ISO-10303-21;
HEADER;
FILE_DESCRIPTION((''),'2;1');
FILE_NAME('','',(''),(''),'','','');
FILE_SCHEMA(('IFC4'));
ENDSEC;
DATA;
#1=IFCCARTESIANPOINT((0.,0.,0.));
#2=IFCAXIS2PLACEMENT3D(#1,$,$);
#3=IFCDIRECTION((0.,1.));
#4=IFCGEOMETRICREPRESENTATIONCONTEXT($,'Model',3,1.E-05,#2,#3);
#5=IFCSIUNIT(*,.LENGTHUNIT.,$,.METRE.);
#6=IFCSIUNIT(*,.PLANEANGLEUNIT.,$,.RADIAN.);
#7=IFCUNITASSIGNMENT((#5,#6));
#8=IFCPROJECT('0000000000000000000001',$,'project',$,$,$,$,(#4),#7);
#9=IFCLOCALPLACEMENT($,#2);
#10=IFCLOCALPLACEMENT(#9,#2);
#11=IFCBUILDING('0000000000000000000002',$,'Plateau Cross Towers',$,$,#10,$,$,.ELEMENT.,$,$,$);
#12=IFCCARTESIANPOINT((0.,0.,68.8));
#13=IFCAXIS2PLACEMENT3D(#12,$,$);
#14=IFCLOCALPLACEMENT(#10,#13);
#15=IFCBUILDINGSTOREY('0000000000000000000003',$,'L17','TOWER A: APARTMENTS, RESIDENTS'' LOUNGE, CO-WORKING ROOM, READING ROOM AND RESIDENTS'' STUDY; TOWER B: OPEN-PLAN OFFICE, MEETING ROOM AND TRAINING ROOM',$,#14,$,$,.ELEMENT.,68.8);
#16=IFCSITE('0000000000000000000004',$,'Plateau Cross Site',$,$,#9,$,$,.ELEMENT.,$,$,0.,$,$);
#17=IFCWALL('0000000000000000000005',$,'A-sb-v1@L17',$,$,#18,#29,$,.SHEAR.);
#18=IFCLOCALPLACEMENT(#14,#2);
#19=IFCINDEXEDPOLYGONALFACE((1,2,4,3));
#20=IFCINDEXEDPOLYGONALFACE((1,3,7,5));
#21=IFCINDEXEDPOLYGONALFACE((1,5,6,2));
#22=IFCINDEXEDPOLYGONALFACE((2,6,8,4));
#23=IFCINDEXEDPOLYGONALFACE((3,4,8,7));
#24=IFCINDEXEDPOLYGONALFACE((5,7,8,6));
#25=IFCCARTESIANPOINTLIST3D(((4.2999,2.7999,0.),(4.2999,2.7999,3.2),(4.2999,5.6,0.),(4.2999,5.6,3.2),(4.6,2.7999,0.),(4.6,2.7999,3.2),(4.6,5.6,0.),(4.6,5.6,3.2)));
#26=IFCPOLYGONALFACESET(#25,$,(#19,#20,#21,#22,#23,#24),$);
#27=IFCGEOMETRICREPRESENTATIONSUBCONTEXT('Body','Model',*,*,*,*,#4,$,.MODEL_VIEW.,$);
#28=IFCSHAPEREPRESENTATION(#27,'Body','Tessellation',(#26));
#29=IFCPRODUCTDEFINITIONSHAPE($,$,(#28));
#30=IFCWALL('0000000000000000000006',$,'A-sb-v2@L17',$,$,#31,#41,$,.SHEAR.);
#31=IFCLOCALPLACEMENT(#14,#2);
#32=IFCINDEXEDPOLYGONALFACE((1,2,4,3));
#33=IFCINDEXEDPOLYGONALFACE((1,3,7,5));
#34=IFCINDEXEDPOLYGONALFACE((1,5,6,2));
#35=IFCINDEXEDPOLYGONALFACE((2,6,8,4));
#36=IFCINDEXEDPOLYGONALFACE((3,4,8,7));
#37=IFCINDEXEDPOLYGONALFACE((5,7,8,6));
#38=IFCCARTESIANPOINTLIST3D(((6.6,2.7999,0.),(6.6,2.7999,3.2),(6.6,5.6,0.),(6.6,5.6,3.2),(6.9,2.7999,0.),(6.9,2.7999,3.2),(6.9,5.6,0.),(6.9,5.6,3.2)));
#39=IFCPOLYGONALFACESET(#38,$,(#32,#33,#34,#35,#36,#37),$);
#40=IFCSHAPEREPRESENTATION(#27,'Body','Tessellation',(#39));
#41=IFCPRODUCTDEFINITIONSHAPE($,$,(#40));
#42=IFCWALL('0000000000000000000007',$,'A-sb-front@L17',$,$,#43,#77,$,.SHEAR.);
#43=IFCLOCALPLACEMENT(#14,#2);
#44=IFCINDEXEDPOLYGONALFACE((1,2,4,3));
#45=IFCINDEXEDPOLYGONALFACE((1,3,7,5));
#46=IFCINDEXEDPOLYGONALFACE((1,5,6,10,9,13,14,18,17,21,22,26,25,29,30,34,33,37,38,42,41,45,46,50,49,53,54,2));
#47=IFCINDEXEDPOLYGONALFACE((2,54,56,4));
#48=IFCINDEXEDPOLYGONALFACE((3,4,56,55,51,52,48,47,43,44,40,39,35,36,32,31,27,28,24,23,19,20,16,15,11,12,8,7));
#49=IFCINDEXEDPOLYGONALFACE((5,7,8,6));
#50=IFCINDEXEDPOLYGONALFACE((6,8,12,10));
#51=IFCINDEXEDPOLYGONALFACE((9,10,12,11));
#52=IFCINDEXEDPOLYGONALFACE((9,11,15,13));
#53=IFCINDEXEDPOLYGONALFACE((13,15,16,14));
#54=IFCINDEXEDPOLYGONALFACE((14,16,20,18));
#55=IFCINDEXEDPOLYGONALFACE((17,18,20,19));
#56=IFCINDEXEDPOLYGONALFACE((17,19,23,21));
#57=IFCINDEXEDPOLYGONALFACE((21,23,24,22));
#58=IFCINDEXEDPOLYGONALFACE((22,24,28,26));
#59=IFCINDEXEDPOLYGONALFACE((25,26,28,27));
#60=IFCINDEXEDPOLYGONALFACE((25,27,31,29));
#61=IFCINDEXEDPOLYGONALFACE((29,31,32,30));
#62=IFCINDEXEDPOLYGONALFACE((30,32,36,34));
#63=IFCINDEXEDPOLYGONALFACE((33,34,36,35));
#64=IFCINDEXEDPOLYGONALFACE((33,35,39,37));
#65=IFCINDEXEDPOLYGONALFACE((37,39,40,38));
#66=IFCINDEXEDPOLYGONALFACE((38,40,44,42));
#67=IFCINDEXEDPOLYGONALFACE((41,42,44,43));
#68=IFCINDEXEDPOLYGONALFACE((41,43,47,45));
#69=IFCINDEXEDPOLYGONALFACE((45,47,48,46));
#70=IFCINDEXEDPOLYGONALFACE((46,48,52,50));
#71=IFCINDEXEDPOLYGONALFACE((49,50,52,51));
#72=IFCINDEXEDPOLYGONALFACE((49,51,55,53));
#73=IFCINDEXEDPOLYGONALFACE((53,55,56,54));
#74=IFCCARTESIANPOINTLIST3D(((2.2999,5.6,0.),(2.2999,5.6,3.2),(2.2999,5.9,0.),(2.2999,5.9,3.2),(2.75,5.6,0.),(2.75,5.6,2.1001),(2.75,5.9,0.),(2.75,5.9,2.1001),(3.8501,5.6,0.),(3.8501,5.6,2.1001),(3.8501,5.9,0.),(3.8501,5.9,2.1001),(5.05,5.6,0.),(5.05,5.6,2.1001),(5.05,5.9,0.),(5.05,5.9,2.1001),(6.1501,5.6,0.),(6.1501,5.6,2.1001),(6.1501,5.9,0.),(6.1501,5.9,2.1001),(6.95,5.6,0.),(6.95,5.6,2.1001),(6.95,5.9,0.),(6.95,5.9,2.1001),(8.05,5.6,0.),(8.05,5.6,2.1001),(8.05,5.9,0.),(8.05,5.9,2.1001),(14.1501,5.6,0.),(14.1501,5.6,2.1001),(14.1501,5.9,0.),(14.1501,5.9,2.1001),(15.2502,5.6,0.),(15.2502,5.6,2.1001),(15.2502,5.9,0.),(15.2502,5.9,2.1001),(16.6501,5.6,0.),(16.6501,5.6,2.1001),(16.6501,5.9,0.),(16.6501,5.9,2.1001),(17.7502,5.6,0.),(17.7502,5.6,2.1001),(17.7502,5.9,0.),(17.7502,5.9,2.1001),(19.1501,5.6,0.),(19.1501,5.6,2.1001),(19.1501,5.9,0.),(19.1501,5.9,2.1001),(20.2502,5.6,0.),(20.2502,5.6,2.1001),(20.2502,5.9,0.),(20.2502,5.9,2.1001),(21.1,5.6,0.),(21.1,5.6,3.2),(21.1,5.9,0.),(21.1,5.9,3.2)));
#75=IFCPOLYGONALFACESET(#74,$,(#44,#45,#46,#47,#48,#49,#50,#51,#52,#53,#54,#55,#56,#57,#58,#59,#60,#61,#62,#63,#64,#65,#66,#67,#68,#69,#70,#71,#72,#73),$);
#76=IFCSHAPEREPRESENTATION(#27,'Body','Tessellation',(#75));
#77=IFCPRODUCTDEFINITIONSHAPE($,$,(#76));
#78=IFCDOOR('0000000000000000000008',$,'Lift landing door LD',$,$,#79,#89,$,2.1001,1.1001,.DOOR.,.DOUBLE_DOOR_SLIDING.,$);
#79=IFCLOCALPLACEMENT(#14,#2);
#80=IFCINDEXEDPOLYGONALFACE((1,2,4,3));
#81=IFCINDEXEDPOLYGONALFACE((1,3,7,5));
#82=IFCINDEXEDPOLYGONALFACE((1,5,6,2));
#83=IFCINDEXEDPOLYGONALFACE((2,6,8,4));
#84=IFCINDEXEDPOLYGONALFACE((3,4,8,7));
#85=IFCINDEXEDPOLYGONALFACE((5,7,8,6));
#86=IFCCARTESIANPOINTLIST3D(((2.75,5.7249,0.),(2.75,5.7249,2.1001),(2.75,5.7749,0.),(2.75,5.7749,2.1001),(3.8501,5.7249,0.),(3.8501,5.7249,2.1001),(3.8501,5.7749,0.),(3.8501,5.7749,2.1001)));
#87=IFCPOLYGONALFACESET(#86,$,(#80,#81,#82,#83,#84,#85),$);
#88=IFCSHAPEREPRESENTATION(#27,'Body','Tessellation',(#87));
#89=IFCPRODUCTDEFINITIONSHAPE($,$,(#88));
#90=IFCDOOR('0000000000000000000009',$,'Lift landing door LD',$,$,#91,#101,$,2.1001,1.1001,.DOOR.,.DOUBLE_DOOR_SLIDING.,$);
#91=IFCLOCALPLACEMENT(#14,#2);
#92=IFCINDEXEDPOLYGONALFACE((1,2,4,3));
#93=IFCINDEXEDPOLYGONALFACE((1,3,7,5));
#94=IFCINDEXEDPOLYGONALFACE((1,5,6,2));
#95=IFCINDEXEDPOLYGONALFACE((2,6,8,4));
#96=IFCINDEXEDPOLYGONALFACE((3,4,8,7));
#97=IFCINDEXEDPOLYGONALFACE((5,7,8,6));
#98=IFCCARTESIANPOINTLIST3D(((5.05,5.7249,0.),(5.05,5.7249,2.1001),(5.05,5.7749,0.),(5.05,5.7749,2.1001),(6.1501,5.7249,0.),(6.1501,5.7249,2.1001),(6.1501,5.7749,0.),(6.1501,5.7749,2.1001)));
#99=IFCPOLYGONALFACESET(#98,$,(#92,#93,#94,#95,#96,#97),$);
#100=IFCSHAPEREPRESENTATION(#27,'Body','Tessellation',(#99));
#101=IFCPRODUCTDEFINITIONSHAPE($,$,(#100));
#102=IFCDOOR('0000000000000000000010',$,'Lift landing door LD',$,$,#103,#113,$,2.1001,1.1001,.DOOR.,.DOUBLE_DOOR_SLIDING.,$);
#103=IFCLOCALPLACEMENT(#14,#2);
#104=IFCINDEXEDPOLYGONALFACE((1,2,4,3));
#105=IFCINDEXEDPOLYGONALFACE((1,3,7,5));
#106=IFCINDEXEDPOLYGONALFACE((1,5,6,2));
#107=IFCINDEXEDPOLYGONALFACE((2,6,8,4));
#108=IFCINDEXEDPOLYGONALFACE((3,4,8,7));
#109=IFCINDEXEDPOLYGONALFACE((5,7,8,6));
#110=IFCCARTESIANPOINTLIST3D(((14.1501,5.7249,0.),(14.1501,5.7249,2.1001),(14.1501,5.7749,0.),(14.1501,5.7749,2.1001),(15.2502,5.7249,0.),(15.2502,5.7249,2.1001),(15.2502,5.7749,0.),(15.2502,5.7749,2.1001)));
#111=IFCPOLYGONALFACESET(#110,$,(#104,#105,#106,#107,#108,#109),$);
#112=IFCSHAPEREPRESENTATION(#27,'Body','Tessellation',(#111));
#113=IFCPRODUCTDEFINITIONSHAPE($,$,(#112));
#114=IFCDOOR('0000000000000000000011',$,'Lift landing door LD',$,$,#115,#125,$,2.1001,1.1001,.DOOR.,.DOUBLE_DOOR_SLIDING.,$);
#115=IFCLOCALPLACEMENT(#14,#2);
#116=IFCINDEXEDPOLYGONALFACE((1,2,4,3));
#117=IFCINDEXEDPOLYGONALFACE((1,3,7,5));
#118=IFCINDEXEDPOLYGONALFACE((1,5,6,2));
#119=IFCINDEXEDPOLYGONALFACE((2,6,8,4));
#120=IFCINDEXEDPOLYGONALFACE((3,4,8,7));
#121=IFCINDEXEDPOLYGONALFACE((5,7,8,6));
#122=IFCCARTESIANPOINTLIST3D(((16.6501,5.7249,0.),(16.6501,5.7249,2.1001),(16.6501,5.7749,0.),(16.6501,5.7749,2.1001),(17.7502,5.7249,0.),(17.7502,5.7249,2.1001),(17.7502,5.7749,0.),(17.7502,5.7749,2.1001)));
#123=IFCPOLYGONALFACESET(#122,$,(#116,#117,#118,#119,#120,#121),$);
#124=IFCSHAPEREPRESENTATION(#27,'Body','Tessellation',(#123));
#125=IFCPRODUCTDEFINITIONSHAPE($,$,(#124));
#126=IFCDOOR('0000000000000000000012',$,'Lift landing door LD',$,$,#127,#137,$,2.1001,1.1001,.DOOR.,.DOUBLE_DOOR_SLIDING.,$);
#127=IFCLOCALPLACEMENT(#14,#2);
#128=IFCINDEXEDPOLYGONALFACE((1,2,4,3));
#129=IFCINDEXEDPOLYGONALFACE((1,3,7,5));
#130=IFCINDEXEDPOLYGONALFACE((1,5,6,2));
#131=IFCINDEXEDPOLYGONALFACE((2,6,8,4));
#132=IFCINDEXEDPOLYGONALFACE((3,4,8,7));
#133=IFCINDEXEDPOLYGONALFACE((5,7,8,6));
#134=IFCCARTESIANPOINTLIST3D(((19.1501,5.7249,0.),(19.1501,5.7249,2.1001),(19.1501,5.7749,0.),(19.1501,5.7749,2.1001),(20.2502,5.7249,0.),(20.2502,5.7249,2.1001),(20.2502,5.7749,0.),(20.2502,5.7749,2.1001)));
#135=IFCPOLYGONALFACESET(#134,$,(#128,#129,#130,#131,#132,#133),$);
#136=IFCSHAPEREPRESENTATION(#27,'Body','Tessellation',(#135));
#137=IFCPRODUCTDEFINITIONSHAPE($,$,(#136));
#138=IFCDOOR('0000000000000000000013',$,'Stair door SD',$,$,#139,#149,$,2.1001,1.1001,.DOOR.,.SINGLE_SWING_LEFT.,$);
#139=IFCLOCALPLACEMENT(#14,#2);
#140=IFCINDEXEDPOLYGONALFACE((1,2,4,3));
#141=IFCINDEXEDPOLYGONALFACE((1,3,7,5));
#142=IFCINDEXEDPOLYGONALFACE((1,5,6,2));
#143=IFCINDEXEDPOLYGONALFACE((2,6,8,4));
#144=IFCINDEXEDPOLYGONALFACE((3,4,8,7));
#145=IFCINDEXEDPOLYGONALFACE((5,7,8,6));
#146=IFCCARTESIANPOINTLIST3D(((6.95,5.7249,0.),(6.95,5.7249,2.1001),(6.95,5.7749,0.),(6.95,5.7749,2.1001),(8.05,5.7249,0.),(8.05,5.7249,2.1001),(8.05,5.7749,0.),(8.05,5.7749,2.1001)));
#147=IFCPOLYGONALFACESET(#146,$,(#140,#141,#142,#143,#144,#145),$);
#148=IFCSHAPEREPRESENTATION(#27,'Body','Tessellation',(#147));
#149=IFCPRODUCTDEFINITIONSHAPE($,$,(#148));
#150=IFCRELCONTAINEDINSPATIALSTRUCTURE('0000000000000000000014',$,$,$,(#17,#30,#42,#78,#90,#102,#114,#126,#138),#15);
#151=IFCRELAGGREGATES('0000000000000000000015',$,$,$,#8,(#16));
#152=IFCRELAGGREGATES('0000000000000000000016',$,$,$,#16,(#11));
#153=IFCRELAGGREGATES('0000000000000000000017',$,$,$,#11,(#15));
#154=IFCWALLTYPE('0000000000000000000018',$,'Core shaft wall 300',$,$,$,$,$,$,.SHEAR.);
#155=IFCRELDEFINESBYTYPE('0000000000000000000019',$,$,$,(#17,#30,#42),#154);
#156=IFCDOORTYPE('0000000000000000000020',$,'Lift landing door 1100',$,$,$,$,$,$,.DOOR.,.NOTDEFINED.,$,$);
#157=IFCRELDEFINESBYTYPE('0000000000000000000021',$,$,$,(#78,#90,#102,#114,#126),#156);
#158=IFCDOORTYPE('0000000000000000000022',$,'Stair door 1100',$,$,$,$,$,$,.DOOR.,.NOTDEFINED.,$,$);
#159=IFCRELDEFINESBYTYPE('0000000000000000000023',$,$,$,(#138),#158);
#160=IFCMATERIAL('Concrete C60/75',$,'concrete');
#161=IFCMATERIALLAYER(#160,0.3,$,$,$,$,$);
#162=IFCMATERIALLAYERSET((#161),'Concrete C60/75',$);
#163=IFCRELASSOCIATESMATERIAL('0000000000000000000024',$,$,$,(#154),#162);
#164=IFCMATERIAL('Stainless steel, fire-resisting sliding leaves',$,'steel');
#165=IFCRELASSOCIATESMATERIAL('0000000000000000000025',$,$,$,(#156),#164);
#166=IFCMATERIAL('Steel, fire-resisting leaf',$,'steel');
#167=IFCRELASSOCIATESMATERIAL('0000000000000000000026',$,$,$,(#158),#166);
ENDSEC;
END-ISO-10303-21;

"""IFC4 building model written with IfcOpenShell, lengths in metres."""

from ifc_helpers import new_model, si_unit, direction, frame, frame_2d, origin, place, context, subcontext, project, spatial, rectangle, extrude, material, layer, layer_set, type_object, element, fill, save


model = new_model("IFC4")

# Units and contexts
model_context = context("Model", 3, precision=1e-05, world=origin(), true_north=direction((0.0, 1.0)))
body_context = subcontext(model_context, "Body", "Model", "MODEL_VIEW")
ifc_project = project(units=[si_unit("LENGTHUNIT", "METRE"), si_unit("PLANEANGLEUNIT", "RADIAN")], contexts=[model_context])

# Site, building, storey
site_placement = place(None, origin())
site = spatial("IfcSite", under=ifc_project, at=site_placement, Name="Plateau Cross Site", CompositionType="ELEMENT", RefElevation=0.0)
building_placement = place(site_placement, origin())
building = spatial("IfcBuilding", under=site, at=building_placement, Name="Plateau Cross Towers", CompositionType="ELEMENT")
storey_placement = place(building_placement, frame((0.0, 0.0, 68.8)))
storey = spatial("IfcBuildingStorey", under=building, at=storey_placement, Name="L17", Description="TOWER A: APARTMENTS, RESIDENTS' LOUNGE, CO-WORKING ROOM, READING ROOM AND RESIDENTS' STUDY; TOWER B: OPEN-PLAN OFFICE, MEETING ROOM AND TRAINING ROOM", CompositionType="ELEMENT", Elevation=68.8)

# Shared definitions
ifc_material_1 = material(Name="Steel, fire-resisting leaf", Category="steel")

# Walls
ifc_material_2 = material(Name="Concrete C60/75", Category="concrete")
ifc_layer_1 = layer(ifc_material_2, 0.3)
ifc_layer_set_1 = layer_set([ifc_layer_1], Name="Concrete C60/75")
wall_type_1 = type_object("IfcWallType", Name="Core shaft wall 300", PredefinedType="SHEAR", material=ifc_layer_set_1)
for number, where, z_axis, x_axis, name in (
    (1, (4.45, 2.8, 0.0), (0.0, 0.0, 1.0), (0.0, 1.0, 0.0), "A-sb-v1@L17"),
    (2, (6.75, 2.8, 0.0), (0.0, 0.0, 1.0), (0.0, 1.0, 0.0), "A-sb-v2@L17"),
):
    element("IfcWall", number, at=place(storey_placement, frame(where, z_axis=z_axis, x_axis=x_axis)), inside=storey, type_object=wall_type_1, Name=name, PredefinedType="SHEAR", context=body_context, shape_type="SweptSolid", body=[
        extrude(rectangle(XDim=2.8, YDim=0.3, at=frame_2d((1.3999, 0.0))), origin(), (0.0, 0.0, 1.0), 3.2),
    ])

# Wall, openings, doors
wall_1_placement = place(storey_placement, frame((2.3, 5.75, 0.0), z_axis=(0.0, 0.0, 1.0), x_axis=(1.0, 0.0, 0.0)))
wall_1 = element("IfcWall", 3, at=wall_1_placement, inside=storey, type_object=wall_type_1, Name="A-sb-front@L17", PredefinedType="SHEAR", context=body_context, shape_type="SweptSolid", body=[
    extrude(rectangle(XDim=18.8, YDim=0.3, at=frame_2d((9.3999, 0.0))), origin(), (0.0, 0.0, 1.0), 3.2),
])
opening_1_placement = place(wall_1_placement, frame((4.6499, 0.0, 0.0)))
opening_1 = element("IfcOpeningElement", 4, at=opening_1_placement, cuts=wall_1, PredefinedType="OPENING", context=body_context, shape_type="SweptSolid", body=[
    extrude(rectangle(XDim=1.1001, YDim=2.1001, at=frame_2d((0.55, 1.05))), frame((0.0, 0.1599, 0.0), z_axis=(0.0, -1.0, 0.0), x_axis=(1.0, 0.0, 0.0)), (0.0, 0.0, 1.0), 0.3201),
])
opening_2_placement = place(wall_1_placement, frame((0.45, 0.0, 0.0)))
opening_2 = element("IfcOpeningElement", 5, at=opening_2_placement, cuts=wall_1, PredefinedType="OPENING", context=body_context, shape_type="SweptSolid", body=[
    extrude(rectangle(XDim=1.1001, YDim=2.1001, at=frame_2d((0.55, 1.05))), frame((0.0, 0.1599, 0.0), z_axis=(0.0, -1.0, 0.0), x_axis=(1.0, 0.0, 0.0)), (0.0, 0.0, 1.0), 0.3201),
])
opening_3_placement = place(wall_1_placement, frame((2.75, 0.0, 0.0)))
opening_3 = element("IfcOpeningElement", 6, at=opening_3_placement, cuts=wall_1, PredefinedType="OPENING", context=body_context, shape_type="SweptSolid", body=[
    extrude(rectangle(XDim=1.1001, YDim=2.1001, at=frame_2d((0.55, 1.05))), frame((0.0, 0.1599, 0.0), z_axis=(0.0, -1.0, 0.0), x_axis=(1.0, 0.0, 0.0)), (0.0, 0.0, 1.0), 0.3201),
])
opening_4_placement = place(wall_1_placement, frame((11.8501, 0.0, 0.0)))
opening_4 = element("IfcOpeningElement", 7, at=opening_4_placement, cuts=wall_1, PredefinedType="OPENING", context=body_context, shape_type="SweptSolid", body=[
    extrude(rectangle(XDim=1.1001, YDim=2.1001, at=frame_2d((0.55, 1.05))), frame((0.0, 0.1599, 0.0), z_axis=(0.0, -1.0, 0.0), x_axis=(1.0, 0.0, 0.0)), (0.0, 0.0, 1.0), 0.3201),
])
opening_5_placement = place(wall_1_placement, frame((14.3501, 0.0, 0.0)))
opening_5 = element("IfcOpeningElement", 8, at=opening_5_placement, cuts=wall_1, PredefinedType="OPENING", context=body_context, shape_type="SweptSolid", body=[
    extrude(rectangle(XDim=1.1001, YDim=2.1001, at=frame_2d((0.55, 1.05))), frame((0.0, 0.1599, 0.0), z_axis=(0.0, -1.0, 0.0), x_axis=(1.0, 0.0, 0.0)), (0.0, 0.0, 1.0), 0.3201),
])
opening_6_placement = place(wall_1_placement, frame((16.8501, 0.0, 0.0)))
opening_6 = element("IfcOpeningElement", 9, at=opening_6_placement, cuts=wall_1, PredefinedType="OPENING", context=body_context, shape_type="SweptSolid", body=[
    extrude(rectangle(XDim=1.1001, YDim=2.1001, at=frame_2d((0.55, 1.05))), frame((0.0, 0.1599, 0.0), z_axis=(0.0, -1.0, 0.0), x_axis=(1.0, 0.0, 0.0)), (0.0, 0.0, 1.0), 0.3201),
])
ifc_material_3 = material(Name="Stainless steel, fire-resisting sliding leaves", Category="steel")
door_type_1 = type_object("IfcDoorType", Name="Lift landing door 1100", OperationType="NOTDEFINED", PredefinedType="DOOR", material=ifc_material_3)
door_1_placement = place(opening_2_placement, origin())
door_1 = element("IfcDoor", 10, at=door_1_placement, inside=storey, type_object=door_type_1, Name="Lift landing door LD", OperationType="DOUBLE_DOOR_SLIDING", OverallHeight=2.1001, OverallWidth=1.1001, PredefinedType="DOOR", context=body_context, shape_type="SweptSolid", body=[
    extrude(rectangle(XDim=1.1001, YDim=2.1001, at=frame_2d((0.55, 1.05))), frame((0.0, 0.0249, 0.0), z_axis=(0.0, -1.0, 0.0), x_axis=(1.0, 0.0, 0.0)), (0.0, 0.0, 1.0), 0.05),
])
fill(opening_2, door_1)
door_2_placement = place(opening_3_placement, origin())
door_2 = element("IfcDoor", 11, at=door_2_placement, inside=storey, type_object=door_type_1, Name="Lift landing door LD", OperationType="DOUBLE_DOOR_SLIDING", OverallHeight=2.1001, OverallWidth=1.1001, PredefinedType="DOOR", context=body_context, shape_type="SweptSolid", body=[
    extrude(rectangle(XDim=1.1001, YDim=2.1001, at=frame_2d((0.55, 1.05))), frame((0.0, 0.0249, 0.0), z_axis=(0.0, -1.0, 0.0), x_axis=(1.0, 0.0, 0.0)), (0.0, 0.0, 1.0), 0.05),
])
fill(opening_3, door_2)
door_3_placement = place(opening_4_placement, origin())
door_3 = element("IfcDoor", 12, at=door_3_placement, inside=storey, type_object=door_type_1, Name="Lift landing door LD", OperationType="DOUBLE_DOOR_SLIDING", OverallHeight=2.1001, OverallWidth=1.1001, PredefinedType="DOOR", context=body_context, shape_type="SweptSolid", body=[
    extrude(rectangle(XDim=1.1001, YDim=2.1001, at=frame_2d((0.55, 1.05))), frame((0.0, 0.0249, 0.0), z_axis=(0.0, -1.0, 0.0), x_axis=(1.0, 0.0, 0.0)), (0.0, 0.0, 1.0), 0.05),
])
fill(opening_4, door_3)
door_4_placement = place(opening_5_placement, origin())
door_4 = element("IfcDoor", 13, at=door_4_placement, inside=storey, type_object=door_type_1, Name="Lift landing door LD", OperationType="DOUBLE_DOOR_SLIDING", OverallHeight=2.1001, OverallWidth=1.1001, PredefinedType="DOOR", context=body_context, shape_type="SweptSolid", body=[
    extrude(rectangle(XDim=1.1001, YDim=2.1001, at=frame_2d((0.55, 1.05))), frame((0.0, 0.0249, 0.0), z_axis=(0.0, -1.0, 0.0), x_axis=(1.0, 0.0, 0.0)), (0.0, 0.0, 1.0), 0.05),
])
fill(opening_5, door_4)
door_5_placement = place(opening_6_placement, origin())
door_5 = element("IfcDoor", 14, at=door_5_placement, inside=storey, type_object=door_type_1, Name="Lift landing door LD", OperationType="DOUBLE_DOOR_SLIDING", OverallHeight=2.1001, OverallWidth=1.1001, PredefinedType="DOOR", context=body_context, shape_type="SweptSolid", body=[
    extrude(rectangle(XDim=1.1001, YDim=2.1001, at=frame_2d((0.55, 1.05))), frame((0.0, 0.0249, 0.0), z_axis=(0.0, -1.0, 0.0), x_axis=(1.0, 0.0, 0.0)), (0.0, 0.0, 1.0), 0.05),
])
fill(opening_6, door_5)
door_type_2 = type_object("IfcDoorType", Name="Stair door 1100", OperationType="NOTDEFINED", PredefinedType="DOOR", material=ifc_material_1)
door_6_placement = place(opening_1_placement, origin())
door_6 = element("IfcDoor", 15, at=door_6_placement, inside=storey, type_object=door_type_2, Name="Stair door SD", OperationType="SINGLE_SWING_LEFT", OverallHeight=2.1001, OverallWidth=1.1001, PredefinedType="DOOR", context=body_context, shape_type="SweptSolid", body=[
    extrude(rectangle(XDim=1.1001, YDim=2.1001, at=frame_2d((0.55, 1.05))), frame((0.0, 0.0249, 0.0), z_axis=(0.0, -1.0, 0.0), x_axis=(1.0, 0.0, 0.0)), (0.0, 0.0, 1.0), 0.05),
])
fill(opening_1, door_6)

save(model, "model.ifc")
